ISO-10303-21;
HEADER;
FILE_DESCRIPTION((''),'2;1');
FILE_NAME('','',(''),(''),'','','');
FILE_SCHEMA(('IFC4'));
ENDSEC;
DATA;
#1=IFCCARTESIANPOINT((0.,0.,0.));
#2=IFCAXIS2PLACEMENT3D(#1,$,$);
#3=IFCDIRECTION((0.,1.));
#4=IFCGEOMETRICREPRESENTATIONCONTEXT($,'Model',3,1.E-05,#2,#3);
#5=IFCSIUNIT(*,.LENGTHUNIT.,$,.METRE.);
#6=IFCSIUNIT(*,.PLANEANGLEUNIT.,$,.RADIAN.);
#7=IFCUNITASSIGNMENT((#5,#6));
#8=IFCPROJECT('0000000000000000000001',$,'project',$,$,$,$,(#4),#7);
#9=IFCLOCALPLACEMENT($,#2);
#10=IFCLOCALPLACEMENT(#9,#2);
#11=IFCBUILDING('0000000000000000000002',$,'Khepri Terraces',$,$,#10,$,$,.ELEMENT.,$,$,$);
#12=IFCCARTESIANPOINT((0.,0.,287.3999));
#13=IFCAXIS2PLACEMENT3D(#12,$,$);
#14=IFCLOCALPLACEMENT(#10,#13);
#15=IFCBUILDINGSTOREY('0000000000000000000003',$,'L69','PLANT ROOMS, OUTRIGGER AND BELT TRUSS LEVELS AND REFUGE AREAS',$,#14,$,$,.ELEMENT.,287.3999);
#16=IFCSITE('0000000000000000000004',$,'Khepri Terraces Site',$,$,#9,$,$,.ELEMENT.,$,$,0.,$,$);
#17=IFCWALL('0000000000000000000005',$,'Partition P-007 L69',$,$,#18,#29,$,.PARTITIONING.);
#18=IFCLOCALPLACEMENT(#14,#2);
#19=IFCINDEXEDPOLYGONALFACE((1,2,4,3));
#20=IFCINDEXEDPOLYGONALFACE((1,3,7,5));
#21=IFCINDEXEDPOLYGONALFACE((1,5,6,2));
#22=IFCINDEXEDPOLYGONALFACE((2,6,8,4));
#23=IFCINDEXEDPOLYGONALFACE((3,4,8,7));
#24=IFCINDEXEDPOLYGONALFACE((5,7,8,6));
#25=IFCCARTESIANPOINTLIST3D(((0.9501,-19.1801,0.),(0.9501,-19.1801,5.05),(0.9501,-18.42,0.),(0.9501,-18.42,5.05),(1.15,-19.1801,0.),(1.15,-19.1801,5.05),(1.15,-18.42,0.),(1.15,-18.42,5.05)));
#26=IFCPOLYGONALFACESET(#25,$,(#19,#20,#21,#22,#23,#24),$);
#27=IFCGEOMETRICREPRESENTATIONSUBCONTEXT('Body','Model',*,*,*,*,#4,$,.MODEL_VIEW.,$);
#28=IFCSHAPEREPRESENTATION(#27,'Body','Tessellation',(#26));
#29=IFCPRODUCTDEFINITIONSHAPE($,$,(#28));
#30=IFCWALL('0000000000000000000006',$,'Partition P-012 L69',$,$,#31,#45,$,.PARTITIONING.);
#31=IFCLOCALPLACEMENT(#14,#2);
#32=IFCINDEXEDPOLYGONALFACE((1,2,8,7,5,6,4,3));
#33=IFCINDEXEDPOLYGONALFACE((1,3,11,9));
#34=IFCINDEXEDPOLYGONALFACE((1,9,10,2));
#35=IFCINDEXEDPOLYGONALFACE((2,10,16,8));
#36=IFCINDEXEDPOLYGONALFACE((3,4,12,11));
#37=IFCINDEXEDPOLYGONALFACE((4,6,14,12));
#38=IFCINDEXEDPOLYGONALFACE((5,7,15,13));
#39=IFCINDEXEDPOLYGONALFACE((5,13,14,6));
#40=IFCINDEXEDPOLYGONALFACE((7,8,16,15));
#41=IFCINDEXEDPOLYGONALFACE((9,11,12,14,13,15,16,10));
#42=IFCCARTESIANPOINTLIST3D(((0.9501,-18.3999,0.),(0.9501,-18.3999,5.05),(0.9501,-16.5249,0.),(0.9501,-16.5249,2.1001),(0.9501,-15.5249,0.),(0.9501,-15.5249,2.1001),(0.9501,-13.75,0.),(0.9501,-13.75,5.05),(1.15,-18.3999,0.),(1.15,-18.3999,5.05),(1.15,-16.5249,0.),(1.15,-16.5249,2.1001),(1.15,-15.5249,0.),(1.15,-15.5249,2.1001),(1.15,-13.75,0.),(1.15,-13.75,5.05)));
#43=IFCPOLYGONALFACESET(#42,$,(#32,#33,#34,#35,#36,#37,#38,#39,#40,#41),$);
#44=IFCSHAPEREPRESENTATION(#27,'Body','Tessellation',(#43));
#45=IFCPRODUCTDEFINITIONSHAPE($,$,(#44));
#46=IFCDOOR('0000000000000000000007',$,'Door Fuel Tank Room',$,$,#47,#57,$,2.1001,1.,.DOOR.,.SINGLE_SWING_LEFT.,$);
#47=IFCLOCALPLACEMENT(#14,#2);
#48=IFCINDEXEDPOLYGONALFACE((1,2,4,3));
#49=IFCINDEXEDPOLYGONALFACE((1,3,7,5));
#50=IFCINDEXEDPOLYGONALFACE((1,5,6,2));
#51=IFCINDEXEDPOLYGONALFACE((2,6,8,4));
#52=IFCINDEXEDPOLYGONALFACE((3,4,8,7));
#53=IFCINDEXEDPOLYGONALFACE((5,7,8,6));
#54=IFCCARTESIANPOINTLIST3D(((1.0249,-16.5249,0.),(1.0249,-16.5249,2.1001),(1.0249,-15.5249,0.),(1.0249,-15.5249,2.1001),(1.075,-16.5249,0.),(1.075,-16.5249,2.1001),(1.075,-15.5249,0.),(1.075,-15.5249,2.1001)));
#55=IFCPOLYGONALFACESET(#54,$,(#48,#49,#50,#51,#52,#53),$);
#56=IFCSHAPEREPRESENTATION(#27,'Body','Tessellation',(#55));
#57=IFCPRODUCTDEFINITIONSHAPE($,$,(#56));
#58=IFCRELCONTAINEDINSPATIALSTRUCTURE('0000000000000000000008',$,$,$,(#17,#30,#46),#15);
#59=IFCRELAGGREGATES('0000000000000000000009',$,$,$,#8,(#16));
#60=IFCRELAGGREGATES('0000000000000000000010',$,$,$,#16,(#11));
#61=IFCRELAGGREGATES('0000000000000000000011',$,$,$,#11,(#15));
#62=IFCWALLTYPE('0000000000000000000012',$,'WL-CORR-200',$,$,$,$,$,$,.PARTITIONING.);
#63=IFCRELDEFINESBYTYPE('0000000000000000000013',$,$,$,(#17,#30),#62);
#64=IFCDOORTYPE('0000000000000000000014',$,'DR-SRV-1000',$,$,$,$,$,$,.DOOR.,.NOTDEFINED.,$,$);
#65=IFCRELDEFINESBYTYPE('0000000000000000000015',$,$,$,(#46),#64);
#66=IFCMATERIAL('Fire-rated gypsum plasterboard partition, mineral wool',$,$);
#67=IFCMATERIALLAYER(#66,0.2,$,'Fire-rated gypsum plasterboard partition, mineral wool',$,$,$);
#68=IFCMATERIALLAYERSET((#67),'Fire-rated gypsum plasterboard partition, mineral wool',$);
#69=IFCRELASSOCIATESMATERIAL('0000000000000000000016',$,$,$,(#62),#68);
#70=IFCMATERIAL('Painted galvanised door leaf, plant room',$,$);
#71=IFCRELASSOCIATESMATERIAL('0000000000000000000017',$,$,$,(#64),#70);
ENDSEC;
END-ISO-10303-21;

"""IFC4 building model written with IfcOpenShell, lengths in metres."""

from ifc_helpers import new_model, si_unit, direction, frame, frame_2d, origin, place, context, subcontext, project, spatial, rectangle, extrude, material, layer, layer_set, type_object, element, fill, save


model = new_model("IFC4")

# Units and contexts
model_context = context("Model", 3, precision=1e-05, world=origin(), true_north=direction((0.0, 1.0)))
body_context = subcontext(model_context, "Body", "Model", "MODEL_VIEW")
ifc_project = project(units=[si_unit("LENGTHUNIT", "METRE"), si_unit("PLANEANGLEUNIT", "RADIAN")], contexts=[model_context])

# Site, building, storey
site_placement = place(None, origin())
site = spatial("IfcSite", under=ifc_project, at=site_placement, Name="Khepri Terraces Site", CompositionType="ELEMENT", RefElevation=0.0)
building_placement = place(site_placement, origin())
building = spatial("IfcBuilding", under=site, at=building_placement, Name="Khepri Terraces", CompositionType="ELEMENT")
storey_placement = place(building_placement, frame((0.0, 0.0, 287.3999)))
storey = spatial("IfcBuildingStorey", under=building, at=storey_placement, Name="L69", Description="PLANT ROOMS, OUTRIGGER AND BELT TRUSS LEVELS AND REFUGE AREAS", CompositionType="ELEMENT", Elevation=287.3999)

# Wall
ifc_material_1 = material(Name="Fire-rated gypsum plasterboard partition, mineral wool")
ifc_layer = layer(ifc_material_1, 0.2, Name="Fire-rated gypsum plasterboard partition, mineral wool")
ifc_layer_set = layer_set([ifc_layer], Name="Fire-rated gypsum plasterboard partition, mineral wool")
wall_type = type_object("IfcWallType", Name="WL-CORR-200", PredefinedType="PARTITIONING", material=ifc_layer_set)
wall_1_placement = place(storey_placement, frame((1.05, -19.1799, 0.0), z_axis=(0.0, 0.0, 1.0), x_axis=(0.0, 1.0, 0.0)))
element("IfcWall", 1, at=wall_1_placement, inside=storey, type_object=wall_type, Name="Partition P-007 L69", PredefinedType="PARTITIONING", context=body_context, shape_type="SweptSolid", body=[
    extrude(rectangle(XDim=0.76, YDim=0.2, at=frame_2d((0.3799, 0.0))), origin(), (0.0, 0.0, 1.0), 5.05),
])

# Wall, opening, door
wall_2_placement = place(storey_placement, frame((1.05, -18.3999, 0.0), z_axis=(0.0, 0.0, 1.0), x_axis=(0.0, 1.0, 0.0)))
wall_2 = element("IfcWall", 2, at=wall_2_placement, inside=storey, type_object=wall_type, Name="Partition P-012 L69", PredefinedType="PARTITIONING", context=body_context, shape_type="SweptSolid", body=[
    extrude(rectangle(XDim=4.6499, YDim=0.2, at=frame_2d((2.325, 0.0))), origin(), (0.0, 0.0, 1.0), 5.05),
])
opening_placement = place(wall_2_placement, frame((1.875, 0.0, 0.0)))
opening = element("IfcOpeningElement", 3, at=opening_placement, cuts=wall_2, PredefinedType="OPENING", context=body_context, shape_type="SweptSolid", body=[
    extrude(rectangle(XDim=1.0, YDim=2.1001, at=frame_2d((0.5, 1.05))), frame((0.0, 0.1099, 0.0), z_axis=(0.0, -1.0, 0.0), x_axis=(1.0, 0.0, 0.0)), (0.0, 0.0, 1.0), 0.22),
])
ifc_material_2 = material(Name="Painted galvanised door leaf, plant room")
door_type = type_object("IfcDoorType", Name="DR-SRV-1000", OperationType="NOTDEFINED", PredefinedType="DOOR", material=ifc_material_2)
door_placement = place(opening_placement, frame((1.0, 0.0, 0.0), z_axis=(0.0, 0.0, 1.0), x_axis=(-1.0, 0.0, 0.0)))
door = element("IfcDoor", 4, at=door_placement, inside=storey, type_object=door_type, Name="Door Fuel Tank Room", OperationType="SINGLE_SWING_LEFT", OverallHeight=2.1001, OverallWidth=1.0, PredefinedType="DOOR", context=body_context, shape_type="SweptSolid", body=[
    extrude(rectangle(XDim=1.0, YDim=2.1001, at=frame_2d((0.5, 1.05))), frame((0.0, 0.0249, 0.0), z_axis=(0.0, -1.0, 0.0), x_axis=(1.0, 0.0, 0.0)), (0.0, 0.0, 1.0), 0.05),
])
fill(opening, door)

save(model, "model.ifc")
